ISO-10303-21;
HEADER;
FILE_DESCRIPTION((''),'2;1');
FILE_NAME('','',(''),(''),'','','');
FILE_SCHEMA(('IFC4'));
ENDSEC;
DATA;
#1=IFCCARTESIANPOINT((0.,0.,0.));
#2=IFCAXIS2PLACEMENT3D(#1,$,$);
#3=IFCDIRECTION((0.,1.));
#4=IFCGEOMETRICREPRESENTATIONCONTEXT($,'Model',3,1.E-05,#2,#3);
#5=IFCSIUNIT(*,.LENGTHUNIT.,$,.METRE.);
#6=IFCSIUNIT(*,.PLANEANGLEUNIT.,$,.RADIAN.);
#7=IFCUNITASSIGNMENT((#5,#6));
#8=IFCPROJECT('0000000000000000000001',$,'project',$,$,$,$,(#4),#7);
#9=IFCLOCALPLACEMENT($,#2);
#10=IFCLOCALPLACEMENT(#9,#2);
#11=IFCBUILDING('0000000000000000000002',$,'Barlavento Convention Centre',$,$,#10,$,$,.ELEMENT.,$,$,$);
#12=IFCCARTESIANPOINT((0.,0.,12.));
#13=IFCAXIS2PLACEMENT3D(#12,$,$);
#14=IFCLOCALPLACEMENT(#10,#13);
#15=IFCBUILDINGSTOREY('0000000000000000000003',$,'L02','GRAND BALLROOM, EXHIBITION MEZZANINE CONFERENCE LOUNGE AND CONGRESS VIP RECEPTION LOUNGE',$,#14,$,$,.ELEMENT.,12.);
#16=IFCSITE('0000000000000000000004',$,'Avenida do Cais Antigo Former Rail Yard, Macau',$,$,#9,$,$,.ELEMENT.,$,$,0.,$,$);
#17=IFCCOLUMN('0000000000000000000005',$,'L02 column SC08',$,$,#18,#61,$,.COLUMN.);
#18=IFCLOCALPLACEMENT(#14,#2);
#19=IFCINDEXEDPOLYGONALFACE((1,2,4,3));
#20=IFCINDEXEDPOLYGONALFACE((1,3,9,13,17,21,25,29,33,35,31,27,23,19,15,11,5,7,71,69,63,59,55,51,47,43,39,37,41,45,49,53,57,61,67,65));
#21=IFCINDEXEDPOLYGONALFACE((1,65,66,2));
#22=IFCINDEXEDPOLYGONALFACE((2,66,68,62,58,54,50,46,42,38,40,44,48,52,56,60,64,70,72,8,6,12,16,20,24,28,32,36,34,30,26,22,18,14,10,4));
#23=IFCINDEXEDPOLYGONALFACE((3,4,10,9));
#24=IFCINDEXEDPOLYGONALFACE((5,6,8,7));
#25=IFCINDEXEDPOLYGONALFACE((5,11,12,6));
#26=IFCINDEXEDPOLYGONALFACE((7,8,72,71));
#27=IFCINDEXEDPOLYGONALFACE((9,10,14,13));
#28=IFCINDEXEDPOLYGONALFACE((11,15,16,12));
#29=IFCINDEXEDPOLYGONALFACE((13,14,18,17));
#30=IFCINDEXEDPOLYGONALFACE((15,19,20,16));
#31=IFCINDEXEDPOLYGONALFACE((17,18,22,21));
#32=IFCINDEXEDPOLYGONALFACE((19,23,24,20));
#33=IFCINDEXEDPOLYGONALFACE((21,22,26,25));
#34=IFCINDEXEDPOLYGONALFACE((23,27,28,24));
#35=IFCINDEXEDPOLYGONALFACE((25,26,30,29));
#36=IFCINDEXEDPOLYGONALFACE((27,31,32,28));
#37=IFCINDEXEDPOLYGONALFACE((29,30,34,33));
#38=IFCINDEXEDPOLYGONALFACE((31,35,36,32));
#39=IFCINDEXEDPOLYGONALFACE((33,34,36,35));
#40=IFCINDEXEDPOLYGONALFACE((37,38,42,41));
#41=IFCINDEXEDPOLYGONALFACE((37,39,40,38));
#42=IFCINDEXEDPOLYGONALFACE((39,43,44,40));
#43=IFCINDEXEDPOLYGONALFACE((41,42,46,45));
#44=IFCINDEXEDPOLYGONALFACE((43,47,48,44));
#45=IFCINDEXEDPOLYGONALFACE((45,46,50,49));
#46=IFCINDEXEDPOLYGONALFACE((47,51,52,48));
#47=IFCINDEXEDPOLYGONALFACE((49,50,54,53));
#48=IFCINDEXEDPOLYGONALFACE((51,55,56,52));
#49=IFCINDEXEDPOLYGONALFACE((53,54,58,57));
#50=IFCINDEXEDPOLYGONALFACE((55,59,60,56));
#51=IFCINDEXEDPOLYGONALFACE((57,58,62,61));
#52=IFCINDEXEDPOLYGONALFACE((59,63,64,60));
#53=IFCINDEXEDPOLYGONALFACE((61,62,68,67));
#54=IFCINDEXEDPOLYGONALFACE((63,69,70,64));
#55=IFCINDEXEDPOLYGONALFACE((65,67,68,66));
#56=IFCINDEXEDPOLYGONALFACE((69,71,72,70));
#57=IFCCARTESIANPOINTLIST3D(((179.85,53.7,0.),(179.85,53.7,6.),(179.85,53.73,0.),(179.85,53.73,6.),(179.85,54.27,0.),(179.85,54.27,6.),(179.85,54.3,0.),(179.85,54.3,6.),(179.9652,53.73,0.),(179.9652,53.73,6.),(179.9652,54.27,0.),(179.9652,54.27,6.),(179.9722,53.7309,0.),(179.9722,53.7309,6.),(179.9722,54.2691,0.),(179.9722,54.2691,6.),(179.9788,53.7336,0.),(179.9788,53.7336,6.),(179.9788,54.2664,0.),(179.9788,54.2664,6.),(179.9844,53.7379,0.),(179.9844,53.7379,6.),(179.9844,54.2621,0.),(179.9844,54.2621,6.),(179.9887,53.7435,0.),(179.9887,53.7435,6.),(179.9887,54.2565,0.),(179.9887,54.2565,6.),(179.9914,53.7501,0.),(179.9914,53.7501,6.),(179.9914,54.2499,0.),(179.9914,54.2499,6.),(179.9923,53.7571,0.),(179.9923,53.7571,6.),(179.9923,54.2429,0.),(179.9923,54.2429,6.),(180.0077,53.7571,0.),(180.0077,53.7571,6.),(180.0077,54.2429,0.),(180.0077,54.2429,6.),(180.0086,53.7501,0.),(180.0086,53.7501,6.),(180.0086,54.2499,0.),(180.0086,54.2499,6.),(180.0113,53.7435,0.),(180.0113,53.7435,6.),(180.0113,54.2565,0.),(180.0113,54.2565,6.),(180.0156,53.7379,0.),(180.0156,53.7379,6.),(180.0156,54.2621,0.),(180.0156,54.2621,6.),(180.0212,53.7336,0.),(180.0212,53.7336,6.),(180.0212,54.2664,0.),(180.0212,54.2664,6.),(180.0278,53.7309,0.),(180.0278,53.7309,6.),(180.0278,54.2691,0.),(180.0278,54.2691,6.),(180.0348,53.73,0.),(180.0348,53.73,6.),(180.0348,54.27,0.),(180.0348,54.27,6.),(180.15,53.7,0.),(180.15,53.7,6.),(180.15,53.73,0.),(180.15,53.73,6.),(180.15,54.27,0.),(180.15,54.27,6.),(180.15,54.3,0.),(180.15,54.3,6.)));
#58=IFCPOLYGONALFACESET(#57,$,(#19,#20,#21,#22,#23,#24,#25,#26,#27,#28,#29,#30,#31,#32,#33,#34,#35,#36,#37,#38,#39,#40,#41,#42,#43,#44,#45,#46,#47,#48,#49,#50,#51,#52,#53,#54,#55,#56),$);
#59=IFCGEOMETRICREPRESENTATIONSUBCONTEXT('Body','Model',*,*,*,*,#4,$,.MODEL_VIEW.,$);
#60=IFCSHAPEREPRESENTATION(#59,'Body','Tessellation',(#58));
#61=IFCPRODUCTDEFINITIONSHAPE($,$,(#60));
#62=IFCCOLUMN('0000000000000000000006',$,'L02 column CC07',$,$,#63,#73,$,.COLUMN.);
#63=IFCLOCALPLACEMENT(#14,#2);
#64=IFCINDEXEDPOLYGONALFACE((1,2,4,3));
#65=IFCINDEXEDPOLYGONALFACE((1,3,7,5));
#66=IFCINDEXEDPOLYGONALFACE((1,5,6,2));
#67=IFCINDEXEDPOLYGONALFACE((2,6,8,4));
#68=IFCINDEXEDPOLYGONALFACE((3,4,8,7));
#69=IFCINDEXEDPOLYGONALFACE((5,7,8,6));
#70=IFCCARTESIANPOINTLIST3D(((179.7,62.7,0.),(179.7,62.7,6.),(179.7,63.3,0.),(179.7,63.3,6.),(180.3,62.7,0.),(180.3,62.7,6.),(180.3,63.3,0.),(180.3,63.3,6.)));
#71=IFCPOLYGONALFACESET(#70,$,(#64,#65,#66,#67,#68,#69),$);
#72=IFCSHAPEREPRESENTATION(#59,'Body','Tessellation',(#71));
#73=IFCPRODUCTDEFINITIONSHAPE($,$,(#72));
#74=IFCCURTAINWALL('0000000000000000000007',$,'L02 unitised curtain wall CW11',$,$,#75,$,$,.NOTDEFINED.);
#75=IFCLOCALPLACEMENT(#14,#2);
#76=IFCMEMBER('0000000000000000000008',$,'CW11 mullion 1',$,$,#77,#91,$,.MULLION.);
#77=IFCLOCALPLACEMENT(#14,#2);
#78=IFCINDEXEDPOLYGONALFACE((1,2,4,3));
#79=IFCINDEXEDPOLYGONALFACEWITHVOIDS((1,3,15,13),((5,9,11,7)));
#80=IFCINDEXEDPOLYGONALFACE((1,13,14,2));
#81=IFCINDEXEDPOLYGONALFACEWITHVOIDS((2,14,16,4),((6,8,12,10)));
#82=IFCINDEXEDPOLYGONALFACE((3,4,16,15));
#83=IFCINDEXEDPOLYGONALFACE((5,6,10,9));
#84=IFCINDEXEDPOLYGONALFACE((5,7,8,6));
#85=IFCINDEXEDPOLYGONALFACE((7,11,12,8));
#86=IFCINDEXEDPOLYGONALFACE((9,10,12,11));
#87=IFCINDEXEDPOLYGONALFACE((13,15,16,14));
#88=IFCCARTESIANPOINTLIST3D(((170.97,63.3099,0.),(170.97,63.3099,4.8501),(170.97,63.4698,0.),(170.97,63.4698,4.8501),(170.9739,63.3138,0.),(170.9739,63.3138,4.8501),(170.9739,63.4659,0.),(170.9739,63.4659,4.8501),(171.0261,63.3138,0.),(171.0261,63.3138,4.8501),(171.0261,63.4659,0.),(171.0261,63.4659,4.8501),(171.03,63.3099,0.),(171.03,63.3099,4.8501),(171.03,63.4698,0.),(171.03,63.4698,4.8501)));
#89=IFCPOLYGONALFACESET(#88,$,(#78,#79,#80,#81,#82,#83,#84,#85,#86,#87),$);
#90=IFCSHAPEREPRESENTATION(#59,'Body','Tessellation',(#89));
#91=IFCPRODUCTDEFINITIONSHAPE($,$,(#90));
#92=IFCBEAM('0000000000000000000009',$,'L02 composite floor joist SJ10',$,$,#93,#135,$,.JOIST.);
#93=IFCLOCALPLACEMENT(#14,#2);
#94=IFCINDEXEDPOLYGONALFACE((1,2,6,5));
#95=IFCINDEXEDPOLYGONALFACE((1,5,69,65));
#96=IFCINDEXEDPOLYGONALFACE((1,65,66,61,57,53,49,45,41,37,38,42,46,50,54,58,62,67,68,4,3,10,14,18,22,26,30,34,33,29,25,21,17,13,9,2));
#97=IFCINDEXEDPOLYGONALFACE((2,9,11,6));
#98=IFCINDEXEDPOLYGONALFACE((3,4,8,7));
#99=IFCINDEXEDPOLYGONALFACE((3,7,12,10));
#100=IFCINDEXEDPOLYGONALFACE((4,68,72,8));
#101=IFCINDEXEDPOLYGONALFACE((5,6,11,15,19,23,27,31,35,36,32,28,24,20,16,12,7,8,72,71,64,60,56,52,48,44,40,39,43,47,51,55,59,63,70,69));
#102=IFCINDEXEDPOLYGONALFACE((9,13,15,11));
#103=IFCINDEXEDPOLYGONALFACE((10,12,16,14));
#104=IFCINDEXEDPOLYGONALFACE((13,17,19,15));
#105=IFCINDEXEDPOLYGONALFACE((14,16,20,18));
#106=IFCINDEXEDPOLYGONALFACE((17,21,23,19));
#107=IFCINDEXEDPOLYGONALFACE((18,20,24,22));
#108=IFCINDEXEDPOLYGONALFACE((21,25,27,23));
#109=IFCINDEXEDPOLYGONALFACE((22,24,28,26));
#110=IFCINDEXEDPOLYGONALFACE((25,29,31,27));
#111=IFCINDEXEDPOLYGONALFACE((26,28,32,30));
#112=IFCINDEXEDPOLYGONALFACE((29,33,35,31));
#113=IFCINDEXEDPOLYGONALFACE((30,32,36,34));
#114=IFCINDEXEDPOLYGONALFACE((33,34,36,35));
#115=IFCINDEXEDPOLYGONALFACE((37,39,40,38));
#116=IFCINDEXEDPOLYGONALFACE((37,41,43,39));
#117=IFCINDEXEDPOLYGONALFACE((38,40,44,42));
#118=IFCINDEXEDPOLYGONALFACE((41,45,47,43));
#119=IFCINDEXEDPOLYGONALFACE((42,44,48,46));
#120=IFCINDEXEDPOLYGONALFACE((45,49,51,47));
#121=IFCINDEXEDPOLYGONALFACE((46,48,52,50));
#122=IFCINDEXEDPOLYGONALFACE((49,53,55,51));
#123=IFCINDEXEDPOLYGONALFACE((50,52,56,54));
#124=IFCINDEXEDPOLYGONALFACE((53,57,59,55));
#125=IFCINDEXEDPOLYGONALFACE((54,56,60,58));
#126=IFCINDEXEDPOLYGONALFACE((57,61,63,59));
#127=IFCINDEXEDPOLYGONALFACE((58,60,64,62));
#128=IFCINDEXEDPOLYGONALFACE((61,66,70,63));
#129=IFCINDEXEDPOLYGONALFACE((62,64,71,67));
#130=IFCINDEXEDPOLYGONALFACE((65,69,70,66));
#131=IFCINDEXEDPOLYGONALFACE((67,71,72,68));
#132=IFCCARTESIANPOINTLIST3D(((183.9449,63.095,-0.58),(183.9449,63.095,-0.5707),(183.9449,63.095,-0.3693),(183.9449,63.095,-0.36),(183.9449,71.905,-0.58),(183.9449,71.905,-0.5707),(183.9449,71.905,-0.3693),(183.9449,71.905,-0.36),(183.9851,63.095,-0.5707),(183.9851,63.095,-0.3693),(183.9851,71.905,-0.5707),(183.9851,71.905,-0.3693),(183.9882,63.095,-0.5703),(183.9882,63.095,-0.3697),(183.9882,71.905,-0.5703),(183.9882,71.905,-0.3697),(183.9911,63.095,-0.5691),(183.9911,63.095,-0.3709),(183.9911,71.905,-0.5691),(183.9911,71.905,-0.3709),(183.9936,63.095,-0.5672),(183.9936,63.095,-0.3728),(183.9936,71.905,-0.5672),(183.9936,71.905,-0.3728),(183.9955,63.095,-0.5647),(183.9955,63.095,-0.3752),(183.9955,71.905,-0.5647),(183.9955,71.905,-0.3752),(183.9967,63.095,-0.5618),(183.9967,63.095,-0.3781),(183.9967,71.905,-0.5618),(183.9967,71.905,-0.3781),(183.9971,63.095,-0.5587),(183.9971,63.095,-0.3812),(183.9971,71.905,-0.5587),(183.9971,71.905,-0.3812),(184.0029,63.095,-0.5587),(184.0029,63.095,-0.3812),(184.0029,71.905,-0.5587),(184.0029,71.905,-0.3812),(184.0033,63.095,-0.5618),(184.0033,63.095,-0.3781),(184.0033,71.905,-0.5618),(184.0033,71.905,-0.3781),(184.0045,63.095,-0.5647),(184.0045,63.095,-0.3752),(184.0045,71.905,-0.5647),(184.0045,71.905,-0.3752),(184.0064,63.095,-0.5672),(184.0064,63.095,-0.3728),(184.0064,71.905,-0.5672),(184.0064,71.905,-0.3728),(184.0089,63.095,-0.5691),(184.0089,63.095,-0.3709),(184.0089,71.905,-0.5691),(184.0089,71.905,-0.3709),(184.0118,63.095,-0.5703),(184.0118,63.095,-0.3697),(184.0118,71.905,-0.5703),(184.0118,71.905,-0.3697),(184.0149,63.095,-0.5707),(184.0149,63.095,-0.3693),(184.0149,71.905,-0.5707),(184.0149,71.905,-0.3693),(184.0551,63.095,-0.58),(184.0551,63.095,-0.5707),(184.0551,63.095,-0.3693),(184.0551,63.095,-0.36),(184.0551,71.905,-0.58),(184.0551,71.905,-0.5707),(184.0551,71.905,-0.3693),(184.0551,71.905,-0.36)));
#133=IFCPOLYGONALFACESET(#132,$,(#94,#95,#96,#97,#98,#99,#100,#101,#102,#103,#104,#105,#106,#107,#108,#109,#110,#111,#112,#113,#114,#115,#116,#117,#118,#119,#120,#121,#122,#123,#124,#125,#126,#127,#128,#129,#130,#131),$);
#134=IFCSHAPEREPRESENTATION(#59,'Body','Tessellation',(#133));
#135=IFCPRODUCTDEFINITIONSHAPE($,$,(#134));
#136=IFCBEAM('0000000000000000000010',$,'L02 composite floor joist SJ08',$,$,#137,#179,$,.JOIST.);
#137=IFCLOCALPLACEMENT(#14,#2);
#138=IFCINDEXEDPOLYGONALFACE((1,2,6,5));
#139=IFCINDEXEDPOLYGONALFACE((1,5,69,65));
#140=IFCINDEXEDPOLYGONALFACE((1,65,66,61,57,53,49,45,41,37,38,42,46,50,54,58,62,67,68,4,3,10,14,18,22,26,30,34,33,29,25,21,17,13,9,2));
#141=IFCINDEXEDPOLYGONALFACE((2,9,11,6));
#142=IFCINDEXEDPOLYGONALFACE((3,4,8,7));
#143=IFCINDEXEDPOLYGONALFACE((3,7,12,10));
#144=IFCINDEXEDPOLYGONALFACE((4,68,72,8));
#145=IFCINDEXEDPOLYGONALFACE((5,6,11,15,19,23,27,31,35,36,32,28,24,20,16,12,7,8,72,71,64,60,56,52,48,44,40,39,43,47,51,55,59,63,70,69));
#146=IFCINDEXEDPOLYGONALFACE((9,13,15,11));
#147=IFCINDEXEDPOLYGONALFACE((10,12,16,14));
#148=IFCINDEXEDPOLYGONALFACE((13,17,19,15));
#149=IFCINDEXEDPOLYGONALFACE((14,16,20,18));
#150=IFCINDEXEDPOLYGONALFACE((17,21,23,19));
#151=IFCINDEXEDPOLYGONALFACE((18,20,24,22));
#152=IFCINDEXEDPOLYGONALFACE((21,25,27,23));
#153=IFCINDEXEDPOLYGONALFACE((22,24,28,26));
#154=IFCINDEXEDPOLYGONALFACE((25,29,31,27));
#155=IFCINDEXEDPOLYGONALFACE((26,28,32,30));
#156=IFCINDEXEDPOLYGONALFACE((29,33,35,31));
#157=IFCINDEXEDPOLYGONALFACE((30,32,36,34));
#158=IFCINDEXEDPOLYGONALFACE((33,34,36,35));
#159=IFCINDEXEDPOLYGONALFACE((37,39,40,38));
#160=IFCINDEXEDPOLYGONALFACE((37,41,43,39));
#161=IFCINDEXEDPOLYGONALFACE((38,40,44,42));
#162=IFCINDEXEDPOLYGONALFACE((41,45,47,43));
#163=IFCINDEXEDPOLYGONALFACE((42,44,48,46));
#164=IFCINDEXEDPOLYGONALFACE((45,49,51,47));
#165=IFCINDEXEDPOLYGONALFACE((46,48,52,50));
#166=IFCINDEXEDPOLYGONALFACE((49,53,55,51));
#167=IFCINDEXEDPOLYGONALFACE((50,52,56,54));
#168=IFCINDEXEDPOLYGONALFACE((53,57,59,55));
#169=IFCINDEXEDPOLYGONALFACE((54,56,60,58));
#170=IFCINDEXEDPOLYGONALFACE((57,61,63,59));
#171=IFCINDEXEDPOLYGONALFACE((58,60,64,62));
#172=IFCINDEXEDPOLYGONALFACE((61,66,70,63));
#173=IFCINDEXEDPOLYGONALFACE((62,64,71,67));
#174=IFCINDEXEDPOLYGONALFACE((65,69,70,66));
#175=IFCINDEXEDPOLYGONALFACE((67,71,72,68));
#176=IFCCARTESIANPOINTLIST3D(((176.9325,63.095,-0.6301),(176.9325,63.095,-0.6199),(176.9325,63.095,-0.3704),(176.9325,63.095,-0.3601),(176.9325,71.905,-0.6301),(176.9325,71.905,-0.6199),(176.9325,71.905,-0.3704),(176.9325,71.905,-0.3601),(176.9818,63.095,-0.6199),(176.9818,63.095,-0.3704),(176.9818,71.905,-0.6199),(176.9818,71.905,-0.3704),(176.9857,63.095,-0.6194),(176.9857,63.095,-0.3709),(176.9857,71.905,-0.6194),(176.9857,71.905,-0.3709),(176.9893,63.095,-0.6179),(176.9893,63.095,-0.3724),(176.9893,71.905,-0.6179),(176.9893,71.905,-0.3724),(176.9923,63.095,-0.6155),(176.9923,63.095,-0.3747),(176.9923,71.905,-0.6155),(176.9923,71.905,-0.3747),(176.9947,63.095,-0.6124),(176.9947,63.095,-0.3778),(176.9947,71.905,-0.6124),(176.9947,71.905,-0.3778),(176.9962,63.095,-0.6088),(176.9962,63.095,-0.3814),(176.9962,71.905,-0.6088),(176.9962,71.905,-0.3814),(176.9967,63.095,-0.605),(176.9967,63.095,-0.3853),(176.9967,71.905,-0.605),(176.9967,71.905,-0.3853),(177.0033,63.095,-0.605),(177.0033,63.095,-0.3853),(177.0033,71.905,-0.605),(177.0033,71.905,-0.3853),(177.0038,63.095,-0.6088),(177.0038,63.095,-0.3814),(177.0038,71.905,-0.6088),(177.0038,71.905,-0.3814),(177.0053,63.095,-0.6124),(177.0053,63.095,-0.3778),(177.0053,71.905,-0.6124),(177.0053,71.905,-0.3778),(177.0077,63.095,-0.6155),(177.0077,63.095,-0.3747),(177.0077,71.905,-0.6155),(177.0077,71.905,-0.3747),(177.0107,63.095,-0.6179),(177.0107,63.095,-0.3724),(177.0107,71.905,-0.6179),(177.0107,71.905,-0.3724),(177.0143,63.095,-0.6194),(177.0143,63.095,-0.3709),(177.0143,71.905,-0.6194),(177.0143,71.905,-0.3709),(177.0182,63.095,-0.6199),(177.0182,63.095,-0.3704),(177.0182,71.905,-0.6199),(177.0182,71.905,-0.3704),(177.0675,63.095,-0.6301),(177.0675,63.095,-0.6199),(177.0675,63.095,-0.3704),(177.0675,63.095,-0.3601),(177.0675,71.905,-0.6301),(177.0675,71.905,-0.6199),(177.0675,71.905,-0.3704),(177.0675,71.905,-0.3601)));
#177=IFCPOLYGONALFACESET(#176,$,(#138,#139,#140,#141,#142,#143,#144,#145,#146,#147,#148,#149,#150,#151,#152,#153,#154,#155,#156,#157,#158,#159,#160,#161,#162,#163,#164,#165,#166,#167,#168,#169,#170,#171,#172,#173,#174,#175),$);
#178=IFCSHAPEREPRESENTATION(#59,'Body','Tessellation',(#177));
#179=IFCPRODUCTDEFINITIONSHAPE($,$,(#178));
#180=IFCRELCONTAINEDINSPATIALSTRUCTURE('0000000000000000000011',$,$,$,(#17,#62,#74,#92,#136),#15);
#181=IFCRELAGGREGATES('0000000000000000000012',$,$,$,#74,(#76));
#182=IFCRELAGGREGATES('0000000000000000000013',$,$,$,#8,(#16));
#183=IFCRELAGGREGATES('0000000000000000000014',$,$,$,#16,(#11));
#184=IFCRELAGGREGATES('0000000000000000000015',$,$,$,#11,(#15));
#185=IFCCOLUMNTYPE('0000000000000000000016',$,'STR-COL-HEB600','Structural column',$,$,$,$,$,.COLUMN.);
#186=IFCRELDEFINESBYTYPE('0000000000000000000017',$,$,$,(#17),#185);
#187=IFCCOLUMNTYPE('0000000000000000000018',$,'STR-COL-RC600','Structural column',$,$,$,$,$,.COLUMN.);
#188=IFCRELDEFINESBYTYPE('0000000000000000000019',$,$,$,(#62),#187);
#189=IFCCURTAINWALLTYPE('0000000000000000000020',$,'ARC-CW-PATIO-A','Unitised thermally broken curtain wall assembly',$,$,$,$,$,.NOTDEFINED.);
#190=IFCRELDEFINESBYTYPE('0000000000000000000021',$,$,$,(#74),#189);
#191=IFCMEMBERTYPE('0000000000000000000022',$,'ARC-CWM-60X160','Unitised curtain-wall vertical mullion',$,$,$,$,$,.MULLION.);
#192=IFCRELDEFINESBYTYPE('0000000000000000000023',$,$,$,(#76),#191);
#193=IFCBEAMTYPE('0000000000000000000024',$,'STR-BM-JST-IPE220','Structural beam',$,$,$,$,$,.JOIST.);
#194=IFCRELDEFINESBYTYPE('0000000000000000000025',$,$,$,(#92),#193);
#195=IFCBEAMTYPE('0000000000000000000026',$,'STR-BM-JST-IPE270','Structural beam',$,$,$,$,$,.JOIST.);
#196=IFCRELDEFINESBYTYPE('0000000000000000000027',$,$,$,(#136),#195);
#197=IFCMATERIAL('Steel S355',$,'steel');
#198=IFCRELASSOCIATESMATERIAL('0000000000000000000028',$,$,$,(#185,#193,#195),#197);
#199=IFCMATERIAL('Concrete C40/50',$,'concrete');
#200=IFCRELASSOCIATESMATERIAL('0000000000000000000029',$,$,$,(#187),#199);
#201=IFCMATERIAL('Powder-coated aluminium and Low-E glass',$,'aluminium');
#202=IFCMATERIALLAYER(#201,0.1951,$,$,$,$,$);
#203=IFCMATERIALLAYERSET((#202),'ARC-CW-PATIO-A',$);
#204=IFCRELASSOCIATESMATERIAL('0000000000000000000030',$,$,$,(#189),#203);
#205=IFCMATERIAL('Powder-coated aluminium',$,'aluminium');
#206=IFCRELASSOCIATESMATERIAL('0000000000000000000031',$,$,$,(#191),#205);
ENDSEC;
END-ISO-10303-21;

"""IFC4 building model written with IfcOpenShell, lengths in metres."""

from ifc_helpers import new_model, si_unit, direction, frame, origin, origin_2d, place, context, subcontext, project, spatial, rectangle, hollow_rectangle, i_section, extrude, material, layer, layer_set, material_profile, profile_set, type_object, element, aggregate, save


model = new_model("IFC4")

# Units and contexts
model_context = context("Model", 3, precision=1e-05, world=origin(), true_north=direction((0.0, 1.0)))
body_context = subcontext(model_context, "Body", "Model", "MODEL_VIEW")
ifc_project = project(units=[si_unit("LENGTHUNIT", "METRE"), si_unit("PLANEANGLEUNIT", "RADIAN")], contexts=[model_context])

# Site, building, storey
site_placement = place(None, origin())
site = spatial("IfcSite", under=ifc_project, at=site_placement, Name="Avenida do Cais Antigo Former Rail Yard, Macau", CompositionType="ELEMENT", RefElevation=0.0)
building_placement = place(site_placement, origin())
building = spatial("IfcBuilding", under=site, at=building_placement, Name="Barlavento Convention Centre", CompositionType="ELEMENT")
storey_placement = place(building_placement, frame((0.0, 0.0, 12.0)))
storey = spatial("IfcBuildingStorey", under=building, at=storey_placement, Name="L02", Description="GRAND BALLROOM, EXHIBITION MEZZANINE CONFERENCE LOUNGE AND CONGRESS VIP RECEPTION LOUNGE", CompositionType="ELEMENT", Elevation=12.0)

# Columns
ifc_material_1 = material(Name="Steel S355", Category="steel")
ifc_material_profile_1 = material_profile(ifc_material_1, i_section(OverallWidth=0.3, OverallDepth=0.6001, WebThickness=0.0154, FlangeThickness=0.03, FilletRadius=0.0271, at=origin_2d()), Name="HEB 600")
ifc_profile_set_1 = profile_set([ifc_material_profile_1], Name="Steel S355")
column_type_1 = type_object("IfcColumnType", Name="STR-COL-HEB600", Description="Structural column", PredefinedType="COLUMN", material=ifc_profile_set_1)
column_1_placement = place(storey_placement, frame((180.0, 54.0, 0.0), z_axis=(0.0, 0.0, 1.0), x_axis=(1.0, 0.0, 0.0)))
element("IfcColumn", 1, at=column_1_placement, inside=storey, type_object=column_type_1, Name="L02 column SC08", PredefinedType="COLUMN", context=body_context, shape_type="SweptSolid", body=[
    extrude(i_section(OverallWidth=0.3, OverallDepth=0.6001, WebThickness=0.0154, FlangeThickness=0.03, FilletRadius=0.0271, at=origin_2d()), origin(), (0.0, 0.0, 1.0), 6.0),
])
ifc_material_2 = material(Name="Concrete C40/50", Category="concrete")
ifc_material_profile_2 = material_profile(ifc_material_2, rectangle(XDim=0.6001, YDim=0.6001, at=origin_2d()), Name="RC 600x600")
ifc_profile_set_2 = profile_set([ifc_material_profile_2], Name="Concrete C40/50")
column_type_2 = type_object("IfcColumnType", Name="STR-COL-RC600", Description="Structural column", PredefinedType="COLUMN", material=ifc_profile_set_2)
column_2_placement = place(storey_placement, frame((180.0, 63.0, 0.0), z_axis=(0.0, 0.0, 1.0), x_axis=(1.0, 0.0, 0.0)))
element("IfcColumn", 2, at=column_2_placement, inside=storey, type_object=column_type_2, Name="L02 column CC07", PredefinedType="COLUMN", context=body_context, shape_type="SweptSolid", body=[
    extrude(rectangle(XDim=0.6001, YDim=0.6001, at=origin_2d()), origin(), (0.0, 0.0, 1.0), 6.0),
])

# Curtain wall, member
ifc_material_3 = material(Name="Powder-coated aluminium and Low-E glass", Category="aluminium")
ifc_layer_1 = layer(ifc_material_3, 0.1951)
ifc_layer_set_1 = layer_set([ifc_layer_1], Name="ARC-CW-PATIO-A")
curtain_wall_type = type_object("IfcCurtainWallType", Name="ARC-CW-PATIO-A", Description="Unitised thermally broken curtain wall assembly", PredefinedType="NOTDEFINED", material=ifc_layer_set_1)
curtain_wall_placement = place(storey_placement, origin())
curtain_wall = element("IfcCurtainWall", 3, at=curtain_wall_placement, inside=storey, type_object=curtain_wall_type, Name="L02 unitised curtain wall CW11", PredefinedType="NOTDEFINED")
ifc_material_4 = material(Name="Powder-coated aluminium", Category="aluminium")
ifc_material_profile_3 = material_profile(ifc_material_4, hollow_rectangle(XDim=0.0601, YDim=0.1599, WallThickness=0.0039, at=origin_2d()), Name="AL-MULL 60x160x4")
ifc_profile_set_3 = profile_set([ifc_material_profile_3], Name="Powder-coated aluminium")
member_type = type_object("IfcMemberType", Name="ARC-CWM-60X160", Description="Unitised curtain-wall vertical mullion", PredefinedType="MULLION", material=ifc_profile_set_3)
member_placement = place(storey_placement, frame((171.0, 63.3899, 0.0), z_axis=(0.0, 0.0, 1.0), x_axis=(-1.0, 0.0, 0.0)))
member = element("IfcMember", 4, at=member_placement, type_object=member_type, Name="CW11 mullion 1", PredefinedType="MULLION", context=body_context, shape_type="SweptSolid", body=[
    extrude(hollow_rectangle(XDim=0.0601, YDim=0.1599, WallThickness=0.0039, at=origin_2d()), origin(), (0.0, 0.0, 1.0), 4.8501),
])
aggregate(curtain_wall, [member])

# Beams
ifc_material_profile_4 = material_profile(ifc_material_1, i_section(OverallWidth=0.1101, OverallDepth=0.22, WebThickness=0.0059, FlangeThickness=0.0093, FilletRadius=0.012, at=origin_2d()), Name="IPE 220")
ifc_profile_set_4 = profile_set([ifc_material_profile_4], Name="Steel S355")
beam_type_1 = type_object("IfcBeamType", Name="STR-BM-JST-IPE220", Description="Structural beam", PredefinedType="JOIST", material=ifc_profile_set_4)
beam_1_placement = place(storey_placement, frame((184.0, 63.095, -0.47), z_axis=(0.0, 1.0, 0.0), x_axis=(-1.0, 0.0, 0.0)))
element("IfcBeam", 5, at=beam_1_placement, inside=storey, type_object=beam_type_1, Name="L02 composite floor joist SJ10", PredefinedType="JOIST", context=body_context, shape_type="SweptSolid", body=[
    extrude(i_section(OverallWidth=0.1101, OverallDepth=0.22, WebThickness=0.0059, FlangeThickness=0.0093, FilletRadius=0.012, at=origin_2d()), origin(), (0.0, 0.0, 1.0), 8.8101),
])
ifc_material_profile_5 = material_profile(ifc_material_1, i_section(OverallWidth=0.135, OverallDepth=0.27, WebThickness=0.0066, FlangeThickness=0.0103, FilletRadius=0.0149, at=origin_2d()), Name="IPE 270")
ifc_profile_set_5 = profile_set([ifc_material_profile_5], Name="Steel S355")
beam_type_2 = type_object("IfcBeamType", Name="STR-BM-JST-IPE270", Description="Structural beam", PredefinedType="JOIST", material=ifc_profile_set_5)
beam_2_placement = place(storey_placement, frame((177.0, 63.095, -0.4951), z_axis=(0.0, 1.0, 0.0), x_axis=(-1.0, 0.0, 0.0)))
element("IfcBeam", 6, at=beam_2_placement, inside=storey, type_object=beam_type_2, Name="L02 composite floor joist SJ08", PredefinedType="JOIST", context=body_context, shape_type="SweptSolid", body=[
    extrude(i_section(OverallWidth=0.135, OverallDepth=0.27, WebThickness=0.0066, FlangeThickness=0.0103, FilletRadius=0.0149, at=origin_2d()), origin(), (0.0, 0.0, 1.0), 8.8101),
])

save(model, "model.ifc")
